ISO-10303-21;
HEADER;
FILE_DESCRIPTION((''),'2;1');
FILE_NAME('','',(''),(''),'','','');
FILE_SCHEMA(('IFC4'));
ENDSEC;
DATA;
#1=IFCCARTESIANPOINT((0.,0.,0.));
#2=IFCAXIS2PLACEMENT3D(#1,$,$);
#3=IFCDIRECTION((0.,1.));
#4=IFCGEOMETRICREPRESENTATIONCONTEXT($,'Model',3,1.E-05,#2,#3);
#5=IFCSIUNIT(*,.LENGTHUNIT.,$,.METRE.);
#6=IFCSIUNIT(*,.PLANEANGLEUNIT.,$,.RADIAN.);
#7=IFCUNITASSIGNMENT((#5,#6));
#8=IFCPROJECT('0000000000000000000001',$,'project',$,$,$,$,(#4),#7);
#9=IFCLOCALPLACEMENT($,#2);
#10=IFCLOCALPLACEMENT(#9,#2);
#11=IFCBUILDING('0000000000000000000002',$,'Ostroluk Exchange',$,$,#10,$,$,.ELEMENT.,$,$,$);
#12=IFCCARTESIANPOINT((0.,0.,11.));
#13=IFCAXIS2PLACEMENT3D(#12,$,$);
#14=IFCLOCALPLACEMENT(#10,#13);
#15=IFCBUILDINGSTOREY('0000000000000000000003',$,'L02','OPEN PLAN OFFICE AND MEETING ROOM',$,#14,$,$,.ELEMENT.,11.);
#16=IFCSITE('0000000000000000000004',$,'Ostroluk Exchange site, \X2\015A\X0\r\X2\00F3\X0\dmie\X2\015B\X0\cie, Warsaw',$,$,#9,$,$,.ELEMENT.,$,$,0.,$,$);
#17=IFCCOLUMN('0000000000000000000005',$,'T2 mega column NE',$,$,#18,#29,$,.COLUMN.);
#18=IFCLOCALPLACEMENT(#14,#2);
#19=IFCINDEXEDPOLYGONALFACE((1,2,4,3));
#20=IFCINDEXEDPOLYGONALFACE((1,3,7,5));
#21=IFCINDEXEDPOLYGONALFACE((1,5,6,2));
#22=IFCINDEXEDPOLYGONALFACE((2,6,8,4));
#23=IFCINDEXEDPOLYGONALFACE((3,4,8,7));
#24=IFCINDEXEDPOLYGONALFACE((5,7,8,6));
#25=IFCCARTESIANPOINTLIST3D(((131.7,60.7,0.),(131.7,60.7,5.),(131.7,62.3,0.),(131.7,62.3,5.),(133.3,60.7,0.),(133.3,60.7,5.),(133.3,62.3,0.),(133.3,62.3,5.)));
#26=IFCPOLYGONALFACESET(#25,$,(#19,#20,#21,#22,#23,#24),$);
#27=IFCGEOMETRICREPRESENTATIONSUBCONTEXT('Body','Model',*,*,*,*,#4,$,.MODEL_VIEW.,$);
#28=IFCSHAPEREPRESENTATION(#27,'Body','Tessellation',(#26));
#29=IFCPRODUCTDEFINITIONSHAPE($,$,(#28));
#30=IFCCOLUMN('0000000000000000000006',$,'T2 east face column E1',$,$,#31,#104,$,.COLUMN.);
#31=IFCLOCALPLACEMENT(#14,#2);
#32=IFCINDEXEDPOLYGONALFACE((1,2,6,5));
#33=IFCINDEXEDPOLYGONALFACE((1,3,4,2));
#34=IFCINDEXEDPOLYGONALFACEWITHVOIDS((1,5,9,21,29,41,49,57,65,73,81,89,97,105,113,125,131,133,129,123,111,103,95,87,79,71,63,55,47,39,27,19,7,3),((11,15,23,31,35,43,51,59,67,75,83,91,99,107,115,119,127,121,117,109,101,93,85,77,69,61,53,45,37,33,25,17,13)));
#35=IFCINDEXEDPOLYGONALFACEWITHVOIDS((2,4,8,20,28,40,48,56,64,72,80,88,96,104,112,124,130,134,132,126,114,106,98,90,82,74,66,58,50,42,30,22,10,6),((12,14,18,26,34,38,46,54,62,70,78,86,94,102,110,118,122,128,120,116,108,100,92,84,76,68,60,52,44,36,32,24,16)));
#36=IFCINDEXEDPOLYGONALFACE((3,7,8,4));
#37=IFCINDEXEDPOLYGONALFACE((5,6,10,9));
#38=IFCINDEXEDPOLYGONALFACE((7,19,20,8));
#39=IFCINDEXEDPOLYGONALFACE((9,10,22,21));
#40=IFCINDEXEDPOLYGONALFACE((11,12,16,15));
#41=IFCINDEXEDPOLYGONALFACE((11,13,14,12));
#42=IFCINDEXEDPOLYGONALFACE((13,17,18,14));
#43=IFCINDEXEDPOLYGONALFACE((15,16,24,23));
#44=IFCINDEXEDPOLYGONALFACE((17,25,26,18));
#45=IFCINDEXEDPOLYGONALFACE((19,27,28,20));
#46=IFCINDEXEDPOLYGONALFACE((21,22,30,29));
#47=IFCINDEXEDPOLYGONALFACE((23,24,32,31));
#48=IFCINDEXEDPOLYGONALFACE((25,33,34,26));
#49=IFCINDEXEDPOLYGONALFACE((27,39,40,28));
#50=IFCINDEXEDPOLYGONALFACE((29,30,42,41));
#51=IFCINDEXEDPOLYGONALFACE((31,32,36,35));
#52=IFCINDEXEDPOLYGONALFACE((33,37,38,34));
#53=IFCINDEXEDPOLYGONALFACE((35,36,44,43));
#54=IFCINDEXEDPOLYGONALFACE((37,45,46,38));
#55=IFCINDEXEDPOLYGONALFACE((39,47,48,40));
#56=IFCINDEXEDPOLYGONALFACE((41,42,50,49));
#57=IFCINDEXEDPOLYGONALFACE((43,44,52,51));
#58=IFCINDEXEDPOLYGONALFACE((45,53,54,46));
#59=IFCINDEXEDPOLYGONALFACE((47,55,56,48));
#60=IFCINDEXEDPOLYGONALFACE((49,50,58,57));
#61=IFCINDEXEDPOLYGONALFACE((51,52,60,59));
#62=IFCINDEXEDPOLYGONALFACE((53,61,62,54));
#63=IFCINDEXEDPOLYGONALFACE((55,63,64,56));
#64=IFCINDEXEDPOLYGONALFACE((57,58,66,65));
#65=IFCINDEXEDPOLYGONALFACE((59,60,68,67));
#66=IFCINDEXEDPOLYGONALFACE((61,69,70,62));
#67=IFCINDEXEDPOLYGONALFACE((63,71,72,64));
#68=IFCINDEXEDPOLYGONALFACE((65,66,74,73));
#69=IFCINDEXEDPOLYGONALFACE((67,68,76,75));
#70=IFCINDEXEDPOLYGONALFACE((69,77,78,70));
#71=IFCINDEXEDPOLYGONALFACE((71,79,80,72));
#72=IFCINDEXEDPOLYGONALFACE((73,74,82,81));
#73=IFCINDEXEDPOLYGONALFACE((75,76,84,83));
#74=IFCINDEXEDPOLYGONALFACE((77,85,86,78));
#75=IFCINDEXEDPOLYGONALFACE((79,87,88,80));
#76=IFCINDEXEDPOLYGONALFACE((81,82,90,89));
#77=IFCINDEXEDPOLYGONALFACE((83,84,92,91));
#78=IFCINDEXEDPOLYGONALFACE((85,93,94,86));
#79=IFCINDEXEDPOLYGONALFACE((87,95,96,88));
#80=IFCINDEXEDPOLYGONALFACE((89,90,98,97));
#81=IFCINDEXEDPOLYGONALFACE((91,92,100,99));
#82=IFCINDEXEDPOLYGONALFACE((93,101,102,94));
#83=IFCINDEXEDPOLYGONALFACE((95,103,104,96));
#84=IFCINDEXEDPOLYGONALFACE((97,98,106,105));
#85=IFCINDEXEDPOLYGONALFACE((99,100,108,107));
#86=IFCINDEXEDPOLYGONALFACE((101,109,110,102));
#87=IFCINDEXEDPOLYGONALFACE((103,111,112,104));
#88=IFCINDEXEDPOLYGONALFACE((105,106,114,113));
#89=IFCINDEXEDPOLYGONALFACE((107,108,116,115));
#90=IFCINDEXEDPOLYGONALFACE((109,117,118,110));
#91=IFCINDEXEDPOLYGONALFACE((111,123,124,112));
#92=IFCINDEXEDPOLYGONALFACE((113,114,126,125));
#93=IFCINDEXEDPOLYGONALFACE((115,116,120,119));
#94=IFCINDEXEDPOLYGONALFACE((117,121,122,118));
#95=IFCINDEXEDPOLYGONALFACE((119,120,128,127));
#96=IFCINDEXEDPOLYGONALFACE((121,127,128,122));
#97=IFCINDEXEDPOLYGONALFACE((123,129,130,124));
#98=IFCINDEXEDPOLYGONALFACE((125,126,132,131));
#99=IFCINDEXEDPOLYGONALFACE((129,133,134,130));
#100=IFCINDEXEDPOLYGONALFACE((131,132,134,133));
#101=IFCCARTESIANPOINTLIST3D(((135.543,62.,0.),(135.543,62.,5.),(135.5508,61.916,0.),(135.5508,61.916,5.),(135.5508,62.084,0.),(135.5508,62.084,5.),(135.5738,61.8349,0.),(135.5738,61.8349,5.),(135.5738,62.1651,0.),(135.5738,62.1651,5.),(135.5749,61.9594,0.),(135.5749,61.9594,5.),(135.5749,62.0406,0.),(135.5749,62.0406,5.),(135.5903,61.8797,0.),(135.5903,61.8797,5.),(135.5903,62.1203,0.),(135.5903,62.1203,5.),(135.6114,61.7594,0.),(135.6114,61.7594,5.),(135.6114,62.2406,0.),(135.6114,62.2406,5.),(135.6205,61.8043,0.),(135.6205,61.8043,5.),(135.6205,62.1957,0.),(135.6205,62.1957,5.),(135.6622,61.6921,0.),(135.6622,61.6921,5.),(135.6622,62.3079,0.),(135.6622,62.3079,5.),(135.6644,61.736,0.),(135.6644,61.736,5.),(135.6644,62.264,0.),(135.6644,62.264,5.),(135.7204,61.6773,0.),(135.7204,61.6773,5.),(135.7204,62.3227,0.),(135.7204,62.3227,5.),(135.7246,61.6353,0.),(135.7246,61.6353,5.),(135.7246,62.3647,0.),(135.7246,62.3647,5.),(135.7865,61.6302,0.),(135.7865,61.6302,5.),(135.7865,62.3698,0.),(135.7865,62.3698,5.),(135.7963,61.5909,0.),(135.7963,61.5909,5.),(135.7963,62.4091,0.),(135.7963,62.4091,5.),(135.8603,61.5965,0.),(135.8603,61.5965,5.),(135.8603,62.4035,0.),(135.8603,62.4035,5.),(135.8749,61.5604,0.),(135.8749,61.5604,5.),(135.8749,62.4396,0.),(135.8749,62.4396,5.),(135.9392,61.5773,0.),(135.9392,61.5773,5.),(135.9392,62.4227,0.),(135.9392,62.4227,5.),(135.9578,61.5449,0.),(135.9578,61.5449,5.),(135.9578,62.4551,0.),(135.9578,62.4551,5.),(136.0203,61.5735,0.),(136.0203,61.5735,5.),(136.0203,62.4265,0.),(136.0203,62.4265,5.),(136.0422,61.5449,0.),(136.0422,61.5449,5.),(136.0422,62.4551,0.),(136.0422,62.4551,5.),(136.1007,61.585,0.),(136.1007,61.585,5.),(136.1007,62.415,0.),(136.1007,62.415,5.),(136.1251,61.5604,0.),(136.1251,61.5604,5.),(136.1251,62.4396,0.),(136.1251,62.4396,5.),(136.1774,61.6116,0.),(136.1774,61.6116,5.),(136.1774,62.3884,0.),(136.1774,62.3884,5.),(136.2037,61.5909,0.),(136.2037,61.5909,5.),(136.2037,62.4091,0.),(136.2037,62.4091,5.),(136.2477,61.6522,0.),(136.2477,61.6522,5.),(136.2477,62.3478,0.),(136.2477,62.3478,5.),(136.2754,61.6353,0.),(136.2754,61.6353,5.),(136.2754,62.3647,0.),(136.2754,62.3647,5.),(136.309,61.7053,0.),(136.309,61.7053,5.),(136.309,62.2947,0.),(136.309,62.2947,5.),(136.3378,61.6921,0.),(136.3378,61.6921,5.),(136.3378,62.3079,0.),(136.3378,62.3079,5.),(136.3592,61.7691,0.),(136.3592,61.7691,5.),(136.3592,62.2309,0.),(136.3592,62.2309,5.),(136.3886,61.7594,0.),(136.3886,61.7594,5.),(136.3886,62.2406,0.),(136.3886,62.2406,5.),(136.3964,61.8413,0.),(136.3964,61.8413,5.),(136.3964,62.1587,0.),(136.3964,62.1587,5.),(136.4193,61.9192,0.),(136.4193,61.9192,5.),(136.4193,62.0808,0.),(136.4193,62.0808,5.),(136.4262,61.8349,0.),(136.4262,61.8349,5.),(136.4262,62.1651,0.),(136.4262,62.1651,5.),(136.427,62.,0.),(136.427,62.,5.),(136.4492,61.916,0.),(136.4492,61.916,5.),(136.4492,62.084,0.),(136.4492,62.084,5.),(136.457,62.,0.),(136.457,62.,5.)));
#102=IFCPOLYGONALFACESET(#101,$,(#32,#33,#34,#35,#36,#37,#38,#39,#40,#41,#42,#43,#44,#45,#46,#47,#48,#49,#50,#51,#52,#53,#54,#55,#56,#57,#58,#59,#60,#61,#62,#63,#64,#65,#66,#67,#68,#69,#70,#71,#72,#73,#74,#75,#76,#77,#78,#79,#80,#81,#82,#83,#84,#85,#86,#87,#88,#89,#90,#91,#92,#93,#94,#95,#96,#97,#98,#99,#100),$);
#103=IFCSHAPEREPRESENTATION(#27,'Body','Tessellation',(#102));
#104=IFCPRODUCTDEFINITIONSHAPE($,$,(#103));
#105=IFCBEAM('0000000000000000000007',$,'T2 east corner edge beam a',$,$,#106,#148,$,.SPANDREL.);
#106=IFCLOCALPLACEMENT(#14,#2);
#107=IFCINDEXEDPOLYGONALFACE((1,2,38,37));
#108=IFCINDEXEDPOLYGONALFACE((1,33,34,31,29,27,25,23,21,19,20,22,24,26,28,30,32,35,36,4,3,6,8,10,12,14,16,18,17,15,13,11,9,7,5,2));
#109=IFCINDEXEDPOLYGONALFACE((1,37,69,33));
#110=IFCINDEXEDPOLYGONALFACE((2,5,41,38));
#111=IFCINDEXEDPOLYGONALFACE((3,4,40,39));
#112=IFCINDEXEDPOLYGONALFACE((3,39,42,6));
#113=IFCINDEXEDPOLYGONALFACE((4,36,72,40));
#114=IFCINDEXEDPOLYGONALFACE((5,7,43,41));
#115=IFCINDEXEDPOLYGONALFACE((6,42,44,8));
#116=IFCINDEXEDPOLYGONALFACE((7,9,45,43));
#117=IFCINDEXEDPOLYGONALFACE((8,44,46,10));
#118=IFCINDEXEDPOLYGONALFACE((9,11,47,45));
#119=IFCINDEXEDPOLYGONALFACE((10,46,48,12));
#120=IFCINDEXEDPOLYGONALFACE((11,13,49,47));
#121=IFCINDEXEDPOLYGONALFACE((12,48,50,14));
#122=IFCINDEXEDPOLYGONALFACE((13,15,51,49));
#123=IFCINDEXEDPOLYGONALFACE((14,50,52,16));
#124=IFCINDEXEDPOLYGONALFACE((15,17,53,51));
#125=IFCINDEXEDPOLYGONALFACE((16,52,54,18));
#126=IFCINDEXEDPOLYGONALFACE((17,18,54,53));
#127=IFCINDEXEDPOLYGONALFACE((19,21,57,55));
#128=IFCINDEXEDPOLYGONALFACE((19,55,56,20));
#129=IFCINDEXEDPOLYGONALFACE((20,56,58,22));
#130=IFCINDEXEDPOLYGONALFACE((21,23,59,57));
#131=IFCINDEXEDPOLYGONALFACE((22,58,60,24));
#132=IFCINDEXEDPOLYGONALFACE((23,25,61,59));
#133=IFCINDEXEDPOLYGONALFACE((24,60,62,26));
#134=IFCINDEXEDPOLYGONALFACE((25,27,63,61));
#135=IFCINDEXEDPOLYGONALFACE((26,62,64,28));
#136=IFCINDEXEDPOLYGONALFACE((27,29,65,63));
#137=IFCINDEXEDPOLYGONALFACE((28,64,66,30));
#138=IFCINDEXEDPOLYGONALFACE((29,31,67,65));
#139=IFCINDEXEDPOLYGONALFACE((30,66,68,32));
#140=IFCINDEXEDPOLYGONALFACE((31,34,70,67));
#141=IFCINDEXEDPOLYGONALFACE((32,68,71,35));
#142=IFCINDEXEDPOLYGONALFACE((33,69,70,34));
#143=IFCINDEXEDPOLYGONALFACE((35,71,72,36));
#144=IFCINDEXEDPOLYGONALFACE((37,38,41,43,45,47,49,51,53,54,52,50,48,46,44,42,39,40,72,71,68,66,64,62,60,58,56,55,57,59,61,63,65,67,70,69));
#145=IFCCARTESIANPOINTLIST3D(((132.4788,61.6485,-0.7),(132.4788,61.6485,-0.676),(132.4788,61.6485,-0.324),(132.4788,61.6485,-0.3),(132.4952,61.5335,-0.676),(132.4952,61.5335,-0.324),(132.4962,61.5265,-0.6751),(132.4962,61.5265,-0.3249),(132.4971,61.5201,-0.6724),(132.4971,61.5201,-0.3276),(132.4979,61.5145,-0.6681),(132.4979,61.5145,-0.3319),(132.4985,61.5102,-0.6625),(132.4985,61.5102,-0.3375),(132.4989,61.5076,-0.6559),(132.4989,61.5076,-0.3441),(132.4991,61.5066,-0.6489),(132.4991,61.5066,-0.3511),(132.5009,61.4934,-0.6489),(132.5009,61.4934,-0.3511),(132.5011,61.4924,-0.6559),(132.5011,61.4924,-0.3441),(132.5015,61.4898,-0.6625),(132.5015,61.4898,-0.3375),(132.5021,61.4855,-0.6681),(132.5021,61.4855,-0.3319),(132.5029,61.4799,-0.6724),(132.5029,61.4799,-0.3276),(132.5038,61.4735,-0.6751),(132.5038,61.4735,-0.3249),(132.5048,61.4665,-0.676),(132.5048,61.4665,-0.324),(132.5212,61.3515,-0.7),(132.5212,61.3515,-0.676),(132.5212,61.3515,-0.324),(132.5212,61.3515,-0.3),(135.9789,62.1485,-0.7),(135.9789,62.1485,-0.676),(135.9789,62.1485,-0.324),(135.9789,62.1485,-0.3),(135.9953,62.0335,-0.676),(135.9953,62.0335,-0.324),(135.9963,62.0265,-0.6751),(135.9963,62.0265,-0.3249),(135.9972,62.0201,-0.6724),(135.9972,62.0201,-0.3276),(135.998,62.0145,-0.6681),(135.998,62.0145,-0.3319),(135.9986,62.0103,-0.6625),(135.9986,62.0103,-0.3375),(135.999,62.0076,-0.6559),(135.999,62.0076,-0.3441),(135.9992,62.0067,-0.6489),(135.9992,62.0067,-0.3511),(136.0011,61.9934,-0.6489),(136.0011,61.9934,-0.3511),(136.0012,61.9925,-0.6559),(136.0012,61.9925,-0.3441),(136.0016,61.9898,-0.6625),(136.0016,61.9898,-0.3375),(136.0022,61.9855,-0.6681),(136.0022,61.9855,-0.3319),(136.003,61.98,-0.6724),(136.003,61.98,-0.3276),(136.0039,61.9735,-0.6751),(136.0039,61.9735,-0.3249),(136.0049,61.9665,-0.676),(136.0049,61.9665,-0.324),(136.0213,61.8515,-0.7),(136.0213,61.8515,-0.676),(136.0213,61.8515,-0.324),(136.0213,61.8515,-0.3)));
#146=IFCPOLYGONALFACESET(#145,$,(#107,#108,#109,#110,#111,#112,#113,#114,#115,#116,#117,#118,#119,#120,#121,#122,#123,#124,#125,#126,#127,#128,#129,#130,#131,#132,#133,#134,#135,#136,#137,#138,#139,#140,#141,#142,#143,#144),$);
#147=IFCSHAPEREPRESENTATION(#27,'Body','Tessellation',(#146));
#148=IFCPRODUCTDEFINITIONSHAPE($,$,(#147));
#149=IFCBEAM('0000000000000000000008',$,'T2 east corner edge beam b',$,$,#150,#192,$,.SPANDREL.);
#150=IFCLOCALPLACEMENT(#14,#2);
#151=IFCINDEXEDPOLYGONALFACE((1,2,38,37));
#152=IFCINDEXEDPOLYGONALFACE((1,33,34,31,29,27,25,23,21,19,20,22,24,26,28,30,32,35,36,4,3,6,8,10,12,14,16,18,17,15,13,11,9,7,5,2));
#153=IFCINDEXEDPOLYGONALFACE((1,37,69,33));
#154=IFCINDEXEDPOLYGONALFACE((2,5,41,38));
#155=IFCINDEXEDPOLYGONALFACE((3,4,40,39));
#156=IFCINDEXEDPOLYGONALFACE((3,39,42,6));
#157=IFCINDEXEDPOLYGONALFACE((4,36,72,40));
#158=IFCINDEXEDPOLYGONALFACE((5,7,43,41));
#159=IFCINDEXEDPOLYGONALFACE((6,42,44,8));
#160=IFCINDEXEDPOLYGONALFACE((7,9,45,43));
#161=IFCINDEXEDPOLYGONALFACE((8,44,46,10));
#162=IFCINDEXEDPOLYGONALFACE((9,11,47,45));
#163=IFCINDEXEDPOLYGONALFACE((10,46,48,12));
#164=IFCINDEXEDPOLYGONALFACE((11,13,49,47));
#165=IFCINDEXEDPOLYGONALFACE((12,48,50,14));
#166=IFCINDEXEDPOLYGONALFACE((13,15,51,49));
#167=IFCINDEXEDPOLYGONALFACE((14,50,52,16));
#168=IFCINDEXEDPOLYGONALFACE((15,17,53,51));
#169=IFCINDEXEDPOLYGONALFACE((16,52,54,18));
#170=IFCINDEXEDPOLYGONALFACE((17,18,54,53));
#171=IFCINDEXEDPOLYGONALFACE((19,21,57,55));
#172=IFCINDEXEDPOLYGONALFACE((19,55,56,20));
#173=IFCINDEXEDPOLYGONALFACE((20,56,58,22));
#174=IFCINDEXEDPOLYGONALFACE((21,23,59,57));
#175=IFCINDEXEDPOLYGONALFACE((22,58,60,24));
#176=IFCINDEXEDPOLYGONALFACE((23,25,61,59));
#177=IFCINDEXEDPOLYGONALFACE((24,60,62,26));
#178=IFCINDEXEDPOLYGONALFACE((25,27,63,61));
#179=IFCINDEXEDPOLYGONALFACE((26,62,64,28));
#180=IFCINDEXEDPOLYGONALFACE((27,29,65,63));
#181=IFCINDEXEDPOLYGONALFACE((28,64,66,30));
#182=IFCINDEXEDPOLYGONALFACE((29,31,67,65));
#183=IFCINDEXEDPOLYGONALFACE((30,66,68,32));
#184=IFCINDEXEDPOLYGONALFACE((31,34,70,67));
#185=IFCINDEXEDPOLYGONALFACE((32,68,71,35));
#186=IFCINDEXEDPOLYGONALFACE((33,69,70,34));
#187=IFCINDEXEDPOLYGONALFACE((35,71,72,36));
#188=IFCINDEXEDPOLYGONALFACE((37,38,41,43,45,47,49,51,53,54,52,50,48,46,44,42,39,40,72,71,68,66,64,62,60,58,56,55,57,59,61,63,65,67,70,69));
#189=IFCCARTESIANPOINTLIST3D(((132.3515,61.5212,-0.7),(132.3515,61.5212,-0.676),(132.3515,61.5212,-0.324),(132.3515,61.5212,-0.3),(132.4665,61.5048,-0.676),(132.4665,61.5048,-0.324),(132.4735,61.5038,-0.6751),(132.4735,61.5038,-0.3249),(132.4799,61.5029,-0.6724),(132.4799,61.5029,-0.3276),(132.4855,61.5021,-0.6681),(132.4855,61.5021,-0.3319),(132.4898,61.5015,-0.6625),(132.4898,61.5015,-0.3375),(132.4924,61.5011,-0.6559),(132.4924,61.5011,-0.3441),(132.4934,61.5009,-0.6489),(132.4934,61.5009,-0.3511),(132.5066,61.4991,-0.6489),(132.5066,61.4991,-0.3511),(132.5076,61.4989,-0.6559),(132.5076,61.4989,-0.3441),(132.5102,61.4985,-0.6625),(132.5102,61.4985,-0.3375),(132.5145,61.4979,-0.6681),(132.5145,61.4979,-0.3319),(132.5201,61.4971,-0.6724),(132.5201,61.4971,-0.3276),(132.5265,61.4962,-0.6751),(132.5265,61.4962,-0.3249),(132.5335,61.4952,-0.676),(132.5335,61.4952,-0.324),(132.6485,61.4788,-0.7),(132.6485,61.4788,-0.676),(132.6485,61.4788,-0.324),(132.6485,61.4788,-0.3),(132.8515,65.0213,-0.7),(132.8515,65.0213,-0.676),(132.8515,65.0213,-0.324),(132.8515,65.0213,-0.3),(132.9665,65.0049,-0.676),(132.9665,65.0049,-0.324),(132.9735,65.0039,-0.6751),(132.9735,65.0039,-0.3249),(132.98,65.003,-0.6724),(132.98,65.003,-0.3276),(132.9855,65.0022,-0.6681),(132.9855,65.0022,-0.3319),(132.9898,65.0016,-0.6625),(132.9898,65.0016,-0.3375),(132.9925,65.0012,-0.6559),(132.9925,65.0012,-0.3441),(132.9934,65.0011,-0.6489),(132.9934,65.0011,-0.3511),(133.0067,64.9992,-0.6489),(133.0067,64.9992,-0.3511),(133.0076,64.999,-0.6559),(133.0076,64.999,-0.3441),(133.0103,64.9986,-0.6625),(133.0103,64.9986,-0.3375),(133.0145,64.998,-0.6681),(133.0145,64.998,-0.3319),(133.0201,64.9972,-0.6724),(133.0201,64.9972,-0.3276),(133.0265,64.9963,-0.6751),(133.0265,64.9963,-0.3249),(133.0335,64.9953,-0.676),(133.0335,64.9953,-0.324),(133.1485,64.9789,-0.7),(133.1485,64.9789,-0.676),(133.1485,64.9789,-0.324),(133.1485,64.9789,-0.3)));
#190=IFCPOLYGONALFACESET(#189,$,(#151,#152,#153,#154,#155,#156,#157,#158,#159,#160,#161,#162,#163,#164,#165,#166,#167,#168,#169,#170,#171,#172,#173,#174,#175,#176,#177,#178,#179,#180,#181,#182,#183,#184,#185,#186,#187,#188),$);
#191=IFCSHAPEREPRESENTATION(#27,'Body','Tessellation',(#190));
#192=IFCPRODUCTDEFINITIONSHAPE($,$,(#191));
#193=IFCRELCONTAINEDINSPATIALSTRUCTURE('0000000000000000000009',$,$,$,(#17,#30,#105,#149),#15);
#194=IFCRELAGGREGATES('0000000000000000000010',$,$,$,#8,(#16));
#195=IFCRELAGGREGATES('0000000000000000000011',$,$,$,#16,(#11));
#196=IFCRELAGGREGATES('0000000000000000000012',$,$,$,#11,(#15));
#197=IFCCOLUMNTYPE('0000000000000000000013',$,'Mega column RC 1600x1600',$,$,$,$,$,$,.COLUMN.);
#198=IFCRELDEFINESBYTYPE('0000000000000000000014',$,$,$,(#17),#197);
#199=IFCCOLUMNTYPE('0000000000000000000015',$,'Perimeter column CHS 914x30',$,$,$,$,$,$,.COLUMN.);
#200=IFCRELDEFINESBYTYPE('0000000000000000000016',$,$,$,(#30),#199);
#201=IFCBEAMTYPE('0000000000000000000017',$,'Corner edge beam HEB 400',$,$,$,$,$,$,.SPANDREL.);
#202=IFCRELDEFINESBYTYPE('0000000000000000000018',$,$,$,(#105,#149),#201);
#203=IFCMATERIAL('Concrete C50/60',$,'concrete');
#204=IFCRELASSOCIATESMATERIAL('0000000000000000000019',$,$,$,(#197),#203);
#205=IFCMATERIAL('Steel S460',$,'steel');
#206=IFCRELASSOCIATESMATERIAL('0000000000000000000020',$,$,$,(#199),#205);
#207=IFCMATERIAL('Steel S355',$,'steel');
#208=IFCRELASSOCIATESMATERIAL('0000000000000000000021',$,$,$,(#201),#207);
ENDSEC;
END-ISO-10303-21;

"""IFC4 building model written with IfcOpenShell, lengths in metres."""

from ifc_helpers import new_model, si_unit, direction, frame, origin, origin_2d, place, context, subcontext, project, spatial, rectangle, hollow_circle, i_section, extrude, material, material_profile, profile_set, type_object, element, save


model = new_model("IFC4")

# Units and contexts
model_context = context("Model", 3, precision=1e-05, world=origin(), true_north=direction((0.0, 1.0)))
body_context = subcontext(model_context, "Body", "Model", "MODEL_VIEW")
ifc_project = project(units=[si_unit("LENGTHUNIT", "METRE"), si_unit("PLANEANGLEUNIT", "RADIAN")], contexts=[model_context])

# Site, building, storey
site_placement = place(None, origin())
site = spatial("IfcSite", under=ifc_project, at=site_placement, Name="Ostroluk Exchange site, Śródmieście, Warsaw", CompositionType="ELEMENT", RefElevation=0.0)
building_placement = place(site_placement, origin())
building = spatial("IfcBuilding", under=site, at=building_placement, Name="Ostroluk Exchange", CompositionType="ELEMENT")
storey_placement = place(building_placement, frame((0.0, 0.0, 11.0)))
storey = spatial("IfcBuildingStorey", under=building, at=storey_placement, Name="L02", Description="OPEN PLAN OFFICE AND MEETING ROOM", CompositionType="ELEMENT", Elevation=11.0)

# Columns
ifc_material_1 = material(Name="Concrete C50/60", Category="concrete")
ifc_material_profile_1 = material_profile(ifc_material_1, rectangle(XDim=1.6001, YDim=1.6001, at=origin_2d()), Name="RC 1600x1600")
ifc_profile_set_1 = profile_set([ifc_material_profile_1], Name="Concrete C50/60")
column_type_1 = type_object("IfcColumnType", Name="Mega column RC 1600x1600", PredefinedType="COLUMN", material=ifc_profile_set_1)
column_1_placement = place(storey_placement, frame((132.5, 61.5, 0.0), z_axis=(0.0, 0.0, 1.0), x_axis=(1.0, 0.0, 0.0)))
element("IfcColumn", 1, at=column_1_placement, inside=storey, type_object=column_type_1, Name="T2 mega column NE", PredefinedType="COLUMN", context=body_context, shape_type="SweptSolid", body=[
    extrude(rectangle(XDim=1.6001, YDim=1.6001, at=origin_2d()), origin(), (0.0, 0.0, 1.0), 5.0),
])
ifc_material_2 = material(Name="Steel S460", Category="steel")
ifc_material_profile_2 = material_profile(ifc_material_2, hollow_circle(Radius=0.457, WallThickness=0.03, at=origin_2d()), Name="CHS 914x30")
ifc_profile_set_2 = profile_set([ifc_material_profile_2], Name="Steel S460")
column_type_2 = type_object("IfcColumnType", Name="Perimeter column CHS 914x30", PredefinedType="COLUMN", material=ifc_profile_set_2)
column_2_placement = place(storey_placement, frame((136.0, 62.0, 0.0), z_axis=(0.0, 0.0, 1.0), x_axis=(1.0, 0.0, 0.0)))
element("IfcColumn", 2, at=column_2_placement, inside=storey, type_object=column_type_2, Name="T2 east face column E1", PredefinedType="COLUMN", context=body_context, shape_type="SweptSolid", body=[
    extrude(hollow_circle(Radius=0.457, WallThickness=0.03, at=origin_2d()), origin(), (0.0, 0.0, 1.0), 5.0),
])

# Beams
ifc_material_3 = material(Name="Steel S355", Category="steel")
ifc_material_profile_3 = material_profile(ifc_material_3, i_section(OverallWidth=0.3, OverallDepth=0.3999, WebThickness=0.0134, FlangeThickness=0.0239, FilletRadius=0.0271, at=origin_2d()), Name="HEB 400")
ifc_profile_set_3 = profile_set([ifc_material_profile_3], Name="Steel S355")
beam_type = type_object("IfcBeamType", Name="Corner edge beam HEB 400", PredefinedType="SPANDREL", material=ifc_profile_set_3)
for number, where, z_axis, x_axis, name in (
    (3, (132.5, 61.5, -0.5), (0.989949, 0.141421, 0.0), (-0.141421, 0.989949, 0.0), "T2 east corner edge beam a"),
    (4, (132.5, 61.5, -0.5), (0.141421, 0.989949, 0.0), (-0.989949, 0.141421, 0.0), "T2 east corner edge beam b"),
):
    element("IfcBeam", number, at=place(storey_placement, frame(where, z_axis=z_axis, x_axis=x_axis)), inside=storey, type_object=beam_type, Name=name, PredefinedType="SPANDREL", context=body_context, shape_type="SweptSolid", body=[
        extrude(i_section(OverallWidth=0.3, OverallDepth=0.3999, WebThickness=0.0134, FlangeThickness=0.0239, FilletRadius=0.0271, at=origin_2d()), origin(), (0.0, 0.0, 1.0), 3.5356),
    ])

save(model, "model.ifc")
